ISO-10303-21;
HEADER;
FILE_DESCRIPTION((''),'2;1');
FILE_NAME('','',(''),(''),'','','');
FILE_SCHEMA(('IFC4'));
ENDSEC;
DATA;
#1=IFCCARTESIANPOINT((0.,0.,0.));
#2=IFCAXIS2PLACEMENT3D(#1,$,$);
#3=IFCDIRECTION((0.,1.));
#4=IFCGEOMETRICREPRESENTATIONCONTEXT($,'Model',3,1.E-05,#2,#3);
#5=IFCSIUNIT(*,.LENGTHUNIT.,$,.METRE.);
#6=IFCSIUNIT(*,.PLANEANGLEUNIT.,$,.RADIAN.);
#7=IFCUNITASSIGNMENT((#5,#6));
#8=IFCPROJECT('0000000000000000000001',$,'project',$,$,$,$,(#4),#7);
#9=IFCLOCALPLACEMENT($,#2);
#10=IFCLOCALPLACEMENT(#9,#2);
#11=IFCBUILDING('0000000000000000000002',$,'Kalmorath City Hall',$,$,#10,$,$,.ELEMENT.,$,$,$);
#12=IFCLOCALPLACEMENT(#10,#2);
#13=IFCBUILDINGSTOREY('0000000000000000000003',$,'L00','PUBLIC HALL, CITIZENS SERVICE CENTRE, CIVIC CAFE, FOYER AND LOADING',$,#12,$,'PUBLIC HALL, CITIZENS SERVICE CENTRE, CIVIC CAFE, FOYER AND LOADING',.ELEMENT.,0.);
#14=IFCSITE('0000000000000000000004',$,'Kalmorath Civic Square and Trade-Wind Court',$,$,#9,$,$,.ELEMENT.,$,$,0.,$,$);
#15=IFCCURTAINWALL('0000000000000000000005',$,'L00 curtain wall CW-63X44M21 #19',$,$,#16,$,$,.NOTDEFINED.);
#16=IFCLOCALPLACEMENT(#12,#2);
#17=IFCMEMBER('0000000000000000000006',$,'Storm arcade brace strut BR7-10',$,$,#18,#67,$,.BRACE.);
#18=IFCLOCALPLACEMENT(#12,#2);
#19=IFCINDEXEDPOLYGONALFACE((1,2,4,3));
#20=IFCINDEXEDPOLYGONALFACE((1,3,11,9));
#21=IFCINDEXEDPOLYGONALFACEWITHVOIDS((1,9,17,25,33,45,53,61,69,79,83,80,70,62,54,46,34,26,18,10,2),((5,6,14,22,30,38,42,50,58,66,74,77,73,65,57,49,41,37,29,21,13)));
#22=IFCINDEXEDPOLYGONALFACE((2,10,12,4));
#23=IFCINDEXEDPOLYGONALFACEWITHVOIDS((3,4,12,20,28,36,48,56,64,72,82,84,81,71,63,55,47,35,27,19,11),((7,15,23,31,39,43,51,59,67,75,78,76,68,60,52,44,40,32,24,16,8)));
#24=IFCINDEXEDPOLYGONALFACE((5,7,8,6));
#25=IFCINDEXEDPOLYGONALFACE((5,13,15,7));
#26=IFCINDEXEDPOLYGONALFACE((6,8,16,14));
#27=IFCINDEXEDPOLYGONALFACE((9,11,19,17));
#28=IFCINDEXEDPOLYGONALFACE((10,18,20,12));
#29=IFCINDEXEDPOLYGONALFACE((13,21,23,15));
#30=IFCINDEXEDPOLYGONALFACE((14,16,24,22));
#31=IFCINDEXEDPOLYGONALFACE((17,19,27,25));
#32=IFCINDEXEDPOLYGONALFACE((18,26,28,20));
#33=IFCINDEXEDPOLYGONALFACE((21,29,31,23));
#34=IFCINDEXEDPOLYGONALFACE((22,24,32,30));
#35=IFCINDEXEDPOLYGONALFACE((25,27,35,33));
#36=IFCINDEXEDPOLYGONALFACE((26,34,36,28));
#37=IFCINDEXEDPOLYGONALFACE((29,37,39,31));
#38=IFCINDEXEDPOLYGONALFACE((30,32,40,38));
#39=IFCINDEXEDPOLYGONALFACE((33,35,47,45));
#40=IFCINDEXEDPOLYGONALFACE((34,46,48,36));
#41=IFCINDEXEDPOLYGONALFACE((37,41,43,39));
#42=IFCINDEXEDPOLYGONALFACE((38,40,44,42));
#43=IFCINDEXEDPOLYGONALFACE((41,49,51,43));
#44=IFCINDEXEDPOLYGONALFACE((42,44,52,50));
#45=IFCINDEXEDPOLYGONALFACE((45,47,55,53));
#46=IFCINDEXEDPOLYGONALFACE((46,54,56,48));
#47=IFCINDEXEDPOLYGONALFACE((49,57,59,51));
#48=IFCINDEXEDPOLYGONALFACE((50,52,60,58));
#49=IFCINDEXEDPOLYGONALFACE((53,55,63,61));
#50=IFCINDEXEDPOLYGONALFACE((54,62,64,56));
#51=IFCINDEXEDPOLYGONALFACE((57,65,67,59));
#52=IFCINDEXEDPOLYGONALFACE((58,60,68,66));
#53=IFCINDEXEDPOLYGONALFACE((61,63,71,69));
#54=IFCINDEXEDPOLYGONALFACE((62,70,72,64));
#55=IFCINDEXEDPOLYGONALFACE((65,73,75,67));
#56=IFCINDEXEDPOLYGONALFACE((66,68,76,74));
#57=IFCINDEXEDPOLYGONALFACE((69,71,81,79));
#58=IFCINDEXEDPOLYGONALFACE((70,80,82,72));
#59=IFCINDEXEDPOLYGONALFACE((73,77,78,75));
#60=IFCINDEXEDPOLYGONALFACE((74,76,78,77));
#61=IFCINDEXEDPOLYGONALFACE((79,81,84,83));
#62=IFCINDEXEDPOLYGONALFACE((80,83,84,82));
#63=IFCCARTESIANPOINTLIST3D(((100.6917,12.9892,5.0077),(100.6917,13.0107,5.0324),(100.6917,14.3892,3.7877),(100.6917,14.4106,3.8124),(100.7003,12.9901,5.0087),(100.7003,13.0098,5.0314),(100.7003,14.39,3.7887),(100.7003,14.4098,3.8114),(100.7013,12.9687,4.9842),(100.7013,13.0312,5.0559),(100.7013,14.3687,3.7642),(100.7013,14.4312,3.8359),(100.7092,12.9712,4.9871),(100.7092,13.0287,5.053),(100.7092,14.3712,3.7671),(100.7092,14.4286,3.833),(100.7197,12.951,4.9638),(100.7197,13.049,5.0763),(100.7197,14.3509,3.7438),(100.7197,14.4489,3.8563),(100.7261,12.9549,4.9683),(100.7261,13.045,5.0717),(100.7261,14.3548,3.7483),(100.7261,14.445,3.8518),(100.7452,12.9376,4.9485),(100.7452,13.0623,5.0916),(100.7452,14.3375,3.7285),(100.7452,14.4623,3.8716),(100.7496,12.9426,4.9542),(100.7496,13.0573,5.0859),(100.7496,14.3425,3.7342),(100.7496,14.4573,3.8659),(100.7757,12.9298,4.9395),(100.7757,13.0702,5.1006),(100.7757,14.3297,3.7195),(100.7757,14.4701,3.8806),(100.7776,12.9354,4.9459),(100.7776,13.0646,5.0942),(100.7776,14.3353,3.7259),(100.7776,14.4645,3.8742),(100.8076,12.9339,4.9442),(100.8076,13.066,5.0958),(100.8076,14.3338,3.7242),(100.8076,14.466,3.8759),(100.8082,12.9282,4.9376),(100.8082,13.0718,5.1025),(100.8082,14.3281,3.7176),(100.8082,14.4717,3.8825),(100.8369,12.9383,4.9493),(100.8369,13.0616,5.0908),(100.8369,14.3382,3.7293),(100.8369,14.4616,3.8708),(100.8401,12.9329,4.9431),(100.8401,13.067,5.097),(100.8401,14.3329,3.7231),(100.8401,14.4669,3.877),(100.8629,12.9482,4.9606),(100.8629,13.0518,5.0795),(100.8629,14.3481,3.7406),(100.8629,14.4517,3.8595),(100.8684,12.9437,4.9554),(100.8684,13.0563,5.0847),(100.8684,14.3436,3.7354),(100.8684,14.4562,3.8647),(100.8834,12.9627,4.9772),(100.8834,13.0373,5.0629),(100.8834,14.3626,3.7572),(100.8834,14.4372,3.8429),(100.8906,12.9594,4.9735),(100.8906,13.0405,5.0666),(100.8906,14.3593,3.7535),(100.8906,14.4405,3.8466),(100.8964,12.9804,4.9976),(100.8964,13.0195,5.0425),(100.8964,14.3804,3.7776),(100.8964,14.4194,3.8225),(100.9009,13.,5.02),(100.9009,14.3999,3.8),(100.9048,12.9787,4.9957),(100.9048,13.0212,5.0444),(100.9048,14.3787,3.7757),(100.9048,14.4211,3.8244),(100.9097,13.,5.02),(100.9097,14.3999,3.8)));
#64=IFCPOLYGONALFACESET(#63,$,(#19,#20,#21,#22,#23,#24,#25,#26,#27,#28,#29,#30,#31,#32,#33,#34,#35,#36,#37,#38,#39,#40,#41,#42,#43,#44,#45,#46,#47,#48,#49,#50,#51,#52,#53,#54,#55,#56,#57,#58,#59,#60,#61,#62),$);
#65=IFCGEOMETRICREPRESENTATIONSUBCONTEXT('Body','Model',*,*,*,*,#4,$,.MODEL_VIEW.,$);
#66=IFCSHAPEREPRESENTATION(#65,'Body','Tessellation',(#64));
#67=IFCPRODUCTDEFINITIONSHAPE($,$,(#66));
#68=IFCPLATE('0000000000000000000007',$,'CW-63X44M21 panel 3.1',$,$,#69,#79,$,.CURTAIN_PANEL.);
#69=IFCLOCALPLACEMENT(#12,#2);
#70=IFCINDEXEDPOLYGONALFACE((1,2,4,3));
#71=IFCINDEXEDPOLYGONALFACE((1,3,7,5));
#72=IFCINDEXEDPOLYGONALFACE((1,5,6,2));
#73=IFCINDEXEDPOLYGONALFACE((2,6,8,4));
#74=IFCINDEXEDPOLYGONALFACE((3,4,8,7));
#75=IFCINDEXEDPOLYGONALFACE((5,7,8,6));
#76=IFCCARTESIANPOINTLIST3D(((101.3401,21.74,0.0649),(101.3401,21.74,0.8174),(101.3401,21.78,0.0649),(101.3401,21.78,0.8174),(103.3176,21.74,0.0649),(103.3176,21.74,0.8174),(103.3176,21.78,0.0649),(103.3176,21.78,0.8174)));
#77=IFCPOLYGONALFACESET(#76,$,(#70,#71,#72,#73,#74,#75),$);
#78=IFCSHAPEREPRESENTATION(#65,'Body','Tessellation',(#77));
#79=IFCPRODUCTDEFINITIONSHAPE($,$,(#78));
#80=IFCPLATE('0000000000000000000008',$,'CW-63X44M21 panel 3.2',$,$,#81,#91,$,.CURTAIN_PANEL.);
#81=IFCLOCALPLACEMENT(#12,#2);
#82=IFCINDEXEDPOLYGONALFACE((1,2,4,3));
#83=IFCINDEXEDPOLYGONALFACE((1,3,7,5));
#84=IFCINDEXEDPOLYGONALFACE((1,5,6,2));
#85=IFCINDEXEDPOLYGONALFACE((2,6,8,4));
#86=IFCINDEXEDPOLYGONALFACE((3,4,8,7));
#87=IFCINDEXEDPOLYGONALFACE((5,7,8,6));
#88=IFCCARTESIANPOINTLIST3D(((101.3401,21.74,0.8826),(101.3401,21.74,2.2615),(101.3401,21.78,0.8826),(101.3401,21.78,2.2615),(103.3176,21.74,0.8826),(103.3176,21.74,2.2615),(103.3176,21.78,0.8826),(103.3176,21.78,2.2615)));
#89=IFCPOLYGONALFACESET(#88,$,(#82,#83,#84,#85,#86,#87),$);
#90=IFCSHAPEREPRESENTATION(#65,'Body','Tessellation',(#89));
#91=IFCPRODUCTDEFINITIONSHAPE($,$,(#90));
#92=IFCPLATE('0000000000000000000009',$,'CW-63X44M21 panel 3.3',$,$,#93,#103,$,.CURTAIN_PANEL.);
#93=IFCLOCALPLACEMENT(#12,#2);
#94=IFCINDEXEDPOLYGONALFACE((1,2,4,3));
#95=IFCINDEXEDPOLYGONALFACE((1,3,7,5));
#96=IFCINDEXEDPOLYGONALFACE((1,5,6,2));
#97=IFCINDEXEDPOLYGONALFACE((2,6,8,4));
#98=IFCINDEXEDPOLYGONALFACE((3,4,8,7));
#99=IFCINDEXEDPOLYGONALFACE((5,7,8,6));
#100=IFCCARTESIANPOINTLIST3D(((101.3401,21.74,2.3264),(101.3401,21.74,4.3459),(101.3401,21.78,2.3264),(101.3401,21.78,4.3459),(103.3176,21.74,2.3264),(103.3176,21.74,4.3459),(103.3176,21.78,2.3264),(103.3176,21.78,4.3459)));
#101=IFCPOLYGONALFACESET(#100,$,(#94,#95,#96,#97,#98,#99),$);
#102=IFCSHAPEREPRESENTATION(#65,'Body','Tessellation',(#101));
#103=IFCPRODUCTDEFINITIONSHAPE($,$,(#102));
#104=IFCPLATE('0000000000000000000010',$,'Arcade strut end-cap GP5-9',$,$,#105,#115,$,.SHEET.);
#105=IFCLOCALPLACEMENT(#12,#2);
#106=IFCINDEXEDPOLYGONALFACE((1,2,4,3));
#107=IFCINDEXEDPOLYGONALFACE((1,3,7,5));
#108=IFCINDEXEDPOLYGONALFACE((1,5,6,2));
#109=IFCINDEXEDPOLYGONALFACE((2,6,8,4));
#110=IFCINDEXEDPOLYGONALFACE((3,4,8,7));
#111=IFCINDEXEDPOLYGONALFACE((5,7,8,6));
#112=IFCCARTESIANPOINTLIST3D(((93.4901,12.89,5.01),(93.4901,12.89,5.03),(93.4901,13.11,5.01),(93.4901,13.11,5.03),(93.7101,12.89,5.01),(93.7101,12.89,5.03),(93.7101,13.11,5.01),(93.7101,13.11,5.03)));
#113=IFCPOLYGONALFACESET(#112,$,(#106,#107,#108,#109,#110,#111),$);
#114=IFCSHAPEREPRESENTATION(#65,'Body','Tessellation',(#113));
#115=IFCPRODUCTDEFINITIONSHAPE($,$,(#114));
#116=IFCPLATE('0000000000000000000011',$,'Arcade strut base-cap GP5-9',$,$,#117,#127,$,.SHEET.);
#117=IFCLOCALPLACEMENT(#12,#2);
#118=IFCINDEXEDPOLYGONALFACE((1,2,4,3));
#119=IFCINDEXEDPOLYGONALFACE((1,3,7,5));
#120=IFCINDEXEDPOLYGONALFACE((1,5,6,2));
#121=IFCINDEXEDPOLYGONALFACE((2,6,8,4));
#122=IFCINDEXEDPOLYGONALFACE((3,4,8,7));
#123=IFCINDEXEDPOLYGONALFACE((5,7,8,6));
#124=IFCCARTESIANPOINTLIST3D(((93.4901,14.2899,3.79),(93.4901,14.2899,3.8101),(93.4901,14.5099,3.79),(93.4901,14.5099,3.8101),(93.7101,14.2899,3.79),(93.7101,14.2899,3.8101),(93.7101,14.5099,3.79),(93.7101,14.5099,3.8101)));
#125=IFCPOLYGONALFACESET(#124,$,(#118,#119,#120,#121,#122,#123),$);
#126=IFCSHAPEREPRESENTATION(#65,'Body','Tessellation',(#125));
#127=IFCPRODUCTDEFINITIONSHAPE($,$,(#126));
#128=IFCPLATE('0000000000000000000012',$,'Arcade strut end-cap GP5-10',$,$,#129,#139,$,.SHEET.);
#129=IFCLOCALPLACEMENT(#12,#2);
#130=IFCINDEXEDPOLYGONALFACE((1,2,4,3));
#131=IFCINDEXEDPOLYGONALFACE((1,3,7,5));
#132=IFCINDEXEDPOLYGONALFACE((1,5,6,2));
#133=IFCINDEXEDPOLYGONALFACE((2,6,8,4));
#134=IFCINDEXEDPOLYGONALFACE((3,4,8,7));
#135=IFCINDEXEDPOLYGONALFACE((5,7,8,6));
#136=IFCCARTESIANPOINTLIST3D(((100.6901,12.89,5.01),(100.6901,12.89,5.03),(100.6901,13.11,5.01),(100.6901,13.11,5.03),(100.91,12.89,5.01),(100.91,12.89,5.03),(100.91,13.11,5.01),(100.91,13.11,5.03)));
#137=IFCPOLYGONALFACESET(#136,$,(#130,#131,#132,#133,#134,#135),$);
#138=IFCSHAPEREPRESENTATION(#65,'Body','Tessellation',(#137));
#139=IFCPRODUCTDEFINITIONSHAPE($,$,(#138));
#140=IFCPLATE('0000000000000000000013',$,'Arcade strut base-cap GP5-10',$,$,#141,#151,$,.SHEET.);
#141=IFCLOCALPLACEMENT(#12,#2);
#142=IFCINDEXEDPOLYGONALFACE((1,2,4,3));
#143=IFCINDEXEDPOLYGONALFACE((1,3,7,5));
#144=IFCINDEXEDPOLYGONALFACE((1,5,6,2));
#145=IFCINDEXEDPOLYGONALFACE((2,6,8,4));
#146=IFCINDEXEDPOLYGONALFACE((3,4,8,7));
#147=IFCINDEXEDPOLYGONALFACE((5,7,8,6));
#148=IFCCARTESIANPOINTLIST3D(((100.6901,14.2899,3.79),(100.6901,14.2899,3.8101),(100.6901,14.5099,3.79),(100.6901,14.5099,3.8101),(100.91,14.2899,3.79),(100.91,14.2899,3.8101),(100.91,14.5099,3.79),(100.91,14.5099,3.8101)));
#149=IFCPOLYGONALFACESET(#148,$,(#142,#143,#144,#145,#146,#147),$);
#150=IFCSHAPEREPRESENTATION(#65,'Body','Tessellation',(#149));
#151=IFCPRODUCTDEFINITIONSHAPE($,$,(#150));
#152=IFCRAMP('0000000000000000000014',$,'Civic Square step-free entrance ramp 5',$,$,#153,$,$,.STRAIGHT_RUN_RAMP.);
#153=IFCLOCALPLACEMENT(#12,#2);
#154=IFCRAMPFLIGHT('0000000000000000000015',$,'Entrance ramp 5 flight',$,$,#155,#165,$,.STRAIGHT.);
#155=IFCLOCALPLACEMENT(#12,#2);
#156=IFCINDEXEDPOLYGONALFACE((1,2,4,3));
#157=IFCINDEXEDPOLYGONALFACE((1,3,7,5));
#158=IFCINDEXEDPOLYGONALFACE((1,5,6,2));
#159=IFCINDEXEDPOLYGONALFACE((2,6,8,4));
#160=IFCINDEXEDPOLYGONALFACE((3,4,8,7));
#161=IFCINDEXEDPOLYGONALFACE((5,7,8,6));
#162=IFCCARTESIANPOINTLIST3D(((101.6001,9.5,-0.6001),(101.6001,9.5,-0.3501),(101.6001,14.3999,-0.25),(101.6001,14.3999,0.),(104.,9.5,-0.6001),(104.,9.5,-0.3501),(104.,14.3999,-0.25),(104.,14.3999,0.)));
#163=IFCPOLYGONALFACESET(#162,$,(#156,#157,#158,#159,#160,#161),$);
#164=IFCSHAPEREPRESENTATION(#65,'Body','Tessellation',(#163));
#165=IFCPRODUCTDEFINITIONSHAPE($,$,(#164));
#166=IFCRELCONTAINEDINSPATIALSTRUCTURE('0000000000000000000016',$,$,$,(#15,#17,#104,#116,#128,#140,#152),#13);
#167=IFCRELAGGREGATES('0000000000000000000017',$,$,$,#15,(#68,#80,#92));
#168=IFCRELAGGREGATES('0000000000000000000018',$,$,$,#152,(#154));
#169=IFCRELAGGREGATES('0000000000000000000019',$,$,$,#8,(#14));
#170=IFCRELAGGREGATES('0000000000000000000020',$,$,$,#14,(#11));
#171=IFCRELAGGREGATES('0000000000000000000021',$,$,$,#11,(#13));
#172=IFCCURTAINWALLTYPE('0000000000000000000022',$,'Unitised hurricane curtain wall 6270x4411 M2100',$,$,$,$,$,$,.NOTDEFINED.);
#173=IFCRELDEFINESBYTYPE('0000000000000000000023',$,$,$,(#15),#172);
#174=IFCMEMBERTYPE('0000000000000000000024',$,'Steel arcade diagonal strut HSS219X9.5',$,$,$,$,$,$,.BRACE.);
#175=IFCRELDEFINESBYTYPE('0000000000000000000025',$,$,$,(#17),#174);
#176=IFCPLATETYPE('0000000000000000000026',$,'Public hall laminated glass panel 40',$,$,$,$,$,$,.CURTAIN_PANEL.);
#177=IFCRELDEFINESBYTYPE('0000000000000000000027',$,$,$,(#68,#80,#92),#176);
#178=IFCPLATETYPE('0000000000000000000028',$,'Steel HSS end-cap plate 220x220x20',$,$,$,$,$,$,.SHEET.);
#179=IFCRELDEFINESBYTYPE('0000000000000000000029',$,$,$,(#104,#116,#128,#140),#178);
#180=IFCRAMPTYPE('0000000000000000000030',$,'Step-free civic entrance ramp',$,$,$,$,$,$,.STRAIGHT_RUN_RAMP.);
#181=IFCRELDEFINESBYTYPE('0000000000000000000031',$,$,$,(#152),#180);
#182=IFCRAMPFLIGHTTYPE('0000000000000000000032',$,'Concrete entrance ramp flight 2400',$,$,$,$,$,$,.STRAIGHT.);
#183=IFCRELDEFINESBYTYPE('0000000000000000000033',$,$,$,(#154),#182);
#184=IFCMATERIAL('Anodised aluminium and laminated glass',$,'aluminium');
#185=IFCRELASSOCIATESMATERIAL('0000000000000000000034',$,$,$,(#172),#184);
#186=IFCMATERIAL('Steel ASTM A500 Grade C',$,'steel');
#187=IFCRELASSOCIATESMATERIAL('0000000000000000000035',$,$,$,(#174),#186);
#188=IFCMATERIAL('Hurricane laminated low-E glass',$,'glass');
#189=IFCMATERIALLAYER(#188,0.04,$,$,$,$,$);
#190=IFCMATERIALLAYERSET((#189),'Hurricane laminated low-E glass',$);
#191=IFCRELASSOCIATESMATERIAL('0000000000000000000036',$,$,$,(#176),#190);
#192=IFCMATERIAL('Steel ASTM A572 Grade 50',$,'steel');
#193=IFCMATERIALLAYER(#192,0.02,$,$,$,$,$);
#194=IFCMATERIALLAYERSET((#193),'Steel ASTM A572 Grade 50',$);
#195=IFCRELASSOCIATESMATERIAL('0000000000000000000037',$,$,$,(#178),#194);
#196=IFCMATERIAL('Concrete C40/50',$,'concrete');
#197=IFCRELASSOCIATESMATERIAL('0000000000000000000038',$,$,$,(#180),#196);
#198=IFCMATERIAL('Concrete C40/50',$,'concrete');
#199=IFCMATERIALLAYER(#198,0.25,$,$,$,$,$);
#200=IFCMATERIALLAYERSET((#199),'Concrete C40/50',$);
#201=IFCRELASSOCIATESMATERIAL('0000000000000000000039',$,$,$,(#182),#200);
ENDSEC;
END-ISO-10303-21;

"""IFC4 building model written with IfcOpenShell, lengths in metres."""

from ifc_helpers import new_model, si_unit, direction, frame, origin, origin_2d, place, context, subcontext, project, spatial, polyline, rectangle, hollow_circle, outline, extrude, material, layer, layer_set, material_profile, profile_set, type_object, element, aggregate, save


model = new_model("IFC4")

# Units and contexts
model_context = context("Model", 3, precision=1e-05, world=origin(), true_north=direction((0.0, 1.0)))
body_context = subcontext(model_context, "Body", "Model", "MODEL_VIEW")
ifc_project = project(units=[si_unit("LENGTHUNIT", "METRE"), si_unit("PLANEANGLEUNIT", "RADIAN")], contexts=[model_context])

# Site, building, storey
site_placement = place(None, origin())
site = spatial("IfcSite", under=ifc_project, at=site_placement, Name="Kalmorath Civic Square and Trade-Wind Court", CompositionType="ELEMENT", RefElevation=0.0)
building_placement = place(site_placement, origin())
building = spatial("IfcBuilding", under=site, at=building_placement, Name="Kalmorath City Hall", CompositionType="ELEMENT")
storey_placement = place(building_placement, origin())
storey = spatial("IfcBuildingStorey", under=building, at=storey_placement, Name="L00", Description="PUBLIC HALL, CITIZENS SERVICE CENTRE, CIVIC CAFE, FOYER AND LOADING", LongName="PUBLIC HALL, CITIZENS SERVICE CENTRE, CIVIC CAFE, FOYER AND LOADING", CompositionType="ELEMENT", Elevation=0.0)

# Curtain wall
ifc_material_1 = material(Name="Anodised aluminium and laminated glass", Category="aluminium")
curtain_wall_type_1 = type_object("IfcCurtainWallType", Name="Unitised hurricane curtain wall 6270x4411 M2100", PredefinedType="NOTDEFINED", material=ifc_material_1)
curtain_wall_1_placement = place(storey_placement, origin())
curtain_wall_1 = element("IfcCurtainWall", 1, at=curtain_wall_1_placement, inside=storey, type_object=curtain_wall_type_1, Name="L00 curtain wall CW-63X44M21 #19", PredefinedType="NOTDEFINED")

# Member
ifc_material_2 = material(Name="Steel ASTM A500 Grade C", Category="steel")
ifc_material_profile_1 = material_profile(ifc_material_2, hollow_circle(Radius=0.1096, WallThickness=0.0088, at=origin_2d()), Name="HSS219X9.5")
ifc_profile_set_1 = profile_set([ifc_material_profile_1], Name="Steel ASTM A500 Grade C")
member_type_1 = type_object("IfcMemberType", Name="Steel arcade diagonal strut HSS219X9.5", PredefinedType="BRACE", material=ifc_profile_set_1)
for number, where, z_axis, x_axis, name in (
    (2, (100.8, 14.3999, 3.8), (0.0, -0.753895, 0.656995), (1.0, 0.0, 0.0), "Storm arcade brace strut BR7-10"),
):
    element("IfcMember", number, at=place(storey_placement, frame(where, z_axis=z_axis, x_axis=x_axis)), inside=storey, type_object=member_type_1, Name=name, PredefinedType="BRACE", context=body_context, shape_type="SweptSolid", body=[
        extrude(hollow_circle(Radius=0.1096, WallThickness=0.0088, at=origin_2d()), origin(), (0.0, 0.0, 1.0), 1.8569),
    ])

# Plates
ifc_material_3 = material(Name="Hurricane laminated low-E glass", Category="glass")
ifc_layer_1 = layer(ifc_material_3, 0.04)
ifc_layer_set_1 = layer_set([ifc_layer_1], Name="Hurricane laminated low-E glass")
plate_type_1 = type_object("IfcPlateType", Name="Public hall laminated glass panel 40", PredefinedType="CURTAIN_PANEL", material=ifc_layer_set_1)
plate_1_placement = place(storey_placement, frame((102.3289, 21.76, 0.0649), z_axis=(0.0, 0.0, 1.0), x_axis=(-1.0, 0.0, 0.0)))
plate_1 = element("IfcPlate", 3, at=plate_1_placement, type_object=plate_type_1, Name="CW-63X44M21 panel 3.1", PredefinedType="CURTAIN_PANEL", context=body_context, shape_type="SweptSolid", body=[
    extrude(rectangle(XDim=1.9775, YDim=0.04, at=origin_2d()), origin(), (0.0, 0.0, 1.0), 0.7524),
])
plate_2_placement = place(storey_placement, frame((102.3289, 21.76, 0.8826), z_axis=(0.0, 0.0, 1.0), x_axis=(-1.0, 0.0, 0.0)))
plate_2 = element("IfcPlate", 4, at=plate_2_placement, type_object=plate_type_1, Name="CW-63X44M21 panel 3.2", PredefinedType="CURTAIN_PANEL", context=body_context, shape_type="SweptSolid", body=[
    extrude(rectangle(XDim=1.9775, YDim=0.04, at=origin_2d()), origin(), (0.0, 0.0, 1.0), 1.3789),
])
plate_3_placement = place(storey_placement, frame((102.3289, 21.76, 2.3264), z_axis=(0.0, 0.0, 1.0), x_axis=(-1.0, 0.0, 0.0)))
plate_3 = element("IfcPlate", 5, at=plate_3_placement, type_object=plate_type_1, Name="CW-63X44M21 panel 3.3", PredefinedType="CURTAIN_PANEL", context=body_context, shape_type="SweptSolid", body=[
    extrude(rectangle(XDim=1.9775, YDim=0.04, at=origin_2d()), origin(), (0.0, 0.0, 1.0), 2.0195),
])
aggregate(curtain_wall_1, [plate_1, plate_2, plate_3])

# Plates
ifc_material_4 = material(Name="Steel ASTM A572 Grade 50", Category="steel")
ifc_layer_2 = layer(ifc_material_4, 0.02)
ifc_layer_set_2 = layer_set([ifc_layer_2], Name="Steel ASTM A572 Grade 50")
plate_type_2 = type_object("IfcPlateType", Name="Steel HSS end-cap plate 220x220x20", PredefinedType="SHEET", material=ifc_layer_set_2)
for number, where, z_axis, x_axis, name in (
    (6, (93.6001, 13.0, 5.01), (0.0, 0.0, 1.0), (1.0, 0.0, 0.0), "Arcade strut end-cap GP5-9"),
    (7, (93.6001, 14.3999, 3.79), (0.0, 0.0, 1.0), (1.0, 0.0, 0.0), "Arcade strut base-cap GP5-9"),
    (8, (100.8, 13.0, 5.01), (0.0, 0.0, 1.0), (1.0, 0.0, 0.0), "Arcade strut end-cap GP5-10"),
    (9, (100.8, 14.3999, 3.79), (0.0, 0.0, 1.0), (1.0, 0.0, 0.0), "Arcade strut base-cap GP5-10"),
):
    element("IfcPlate", number, at=place(storey_placement, frame(where, z_axis=z_axis, x_axis=x_axis)), inside=storey, type_object=plate_type_2, Name=name, PredefinedType="SHEET", context=body_context, shape_type="SweptSolid", body=[
        extrude(rectangle(XDim=0.22, YDim=0.22, at=origin_2d()), origin(), (0.0, 0.0, 1.0), 0.02),
    ])

# Ramp, ramp flight
ifc_material_5 = material(Name="Concrete C40/50", Category="concrete")
ramp_type = type_object("IfcRampType", Name="Step-free civic entrance ramp", PredefinedType="STRAIGHT_RUN_RAMP", material=ifc_material_5)
ramp_placement = place(storey_placement, origin())
ramp = element("IfcRamp", 10, at=ramp_placement, inside=storey, type_object=ramp_type, Name="Civic Square step-free entrance ramp 5", PredefinedType="STRAIGHT_RUN_RAMP")
ifc_material_6 = material(Name="Concrete C40/50", Category="concrete")
ifc_layer_3 = layer(ifc_material_6, 0.25)
ifc_layer_set_3 = layer_set([ifc_layer_3], Name="Concrete C40/50")
ramp_flight_type = type_object("IfcRampFlightType", Name="Concrete entrance ramp flight 2400", PredefinedType="STRAIGHT", material=ifc_layer_set_3)
ramp_flight_placement = place(storey_placement, frame((102.8, 9.5, -0.3501), z_axis=(0.0, 0.0, 1.0), x_axis=(0.0, 1.0, 0.0)))
ramp_flight = element("IfcRampFlight", 11, at=ramp_flight_placement, type_object=ramp_flight_type, Name="Entrance ramp 5 flight", PredefinedType="STRAIGHT", context=body_context, shape_type="SweptSolid", body=[
    extrude(outline(polyline([(0.0, -0.25), (4.8999, 0.1001), (4.8999, 0.3501), (0.0, 0.0), (0.0, -0.25)])), frame((0.0, 1.2, 0.0), z_axis=(0.0, -1.0, 0.0), x_axis=(1.0, 0.0, 0.0)), (0.0, 0.0, 1.0), 2.3999),
])
aggregate(ramp, [ramp_flight])

save(model, "model.ifc")
